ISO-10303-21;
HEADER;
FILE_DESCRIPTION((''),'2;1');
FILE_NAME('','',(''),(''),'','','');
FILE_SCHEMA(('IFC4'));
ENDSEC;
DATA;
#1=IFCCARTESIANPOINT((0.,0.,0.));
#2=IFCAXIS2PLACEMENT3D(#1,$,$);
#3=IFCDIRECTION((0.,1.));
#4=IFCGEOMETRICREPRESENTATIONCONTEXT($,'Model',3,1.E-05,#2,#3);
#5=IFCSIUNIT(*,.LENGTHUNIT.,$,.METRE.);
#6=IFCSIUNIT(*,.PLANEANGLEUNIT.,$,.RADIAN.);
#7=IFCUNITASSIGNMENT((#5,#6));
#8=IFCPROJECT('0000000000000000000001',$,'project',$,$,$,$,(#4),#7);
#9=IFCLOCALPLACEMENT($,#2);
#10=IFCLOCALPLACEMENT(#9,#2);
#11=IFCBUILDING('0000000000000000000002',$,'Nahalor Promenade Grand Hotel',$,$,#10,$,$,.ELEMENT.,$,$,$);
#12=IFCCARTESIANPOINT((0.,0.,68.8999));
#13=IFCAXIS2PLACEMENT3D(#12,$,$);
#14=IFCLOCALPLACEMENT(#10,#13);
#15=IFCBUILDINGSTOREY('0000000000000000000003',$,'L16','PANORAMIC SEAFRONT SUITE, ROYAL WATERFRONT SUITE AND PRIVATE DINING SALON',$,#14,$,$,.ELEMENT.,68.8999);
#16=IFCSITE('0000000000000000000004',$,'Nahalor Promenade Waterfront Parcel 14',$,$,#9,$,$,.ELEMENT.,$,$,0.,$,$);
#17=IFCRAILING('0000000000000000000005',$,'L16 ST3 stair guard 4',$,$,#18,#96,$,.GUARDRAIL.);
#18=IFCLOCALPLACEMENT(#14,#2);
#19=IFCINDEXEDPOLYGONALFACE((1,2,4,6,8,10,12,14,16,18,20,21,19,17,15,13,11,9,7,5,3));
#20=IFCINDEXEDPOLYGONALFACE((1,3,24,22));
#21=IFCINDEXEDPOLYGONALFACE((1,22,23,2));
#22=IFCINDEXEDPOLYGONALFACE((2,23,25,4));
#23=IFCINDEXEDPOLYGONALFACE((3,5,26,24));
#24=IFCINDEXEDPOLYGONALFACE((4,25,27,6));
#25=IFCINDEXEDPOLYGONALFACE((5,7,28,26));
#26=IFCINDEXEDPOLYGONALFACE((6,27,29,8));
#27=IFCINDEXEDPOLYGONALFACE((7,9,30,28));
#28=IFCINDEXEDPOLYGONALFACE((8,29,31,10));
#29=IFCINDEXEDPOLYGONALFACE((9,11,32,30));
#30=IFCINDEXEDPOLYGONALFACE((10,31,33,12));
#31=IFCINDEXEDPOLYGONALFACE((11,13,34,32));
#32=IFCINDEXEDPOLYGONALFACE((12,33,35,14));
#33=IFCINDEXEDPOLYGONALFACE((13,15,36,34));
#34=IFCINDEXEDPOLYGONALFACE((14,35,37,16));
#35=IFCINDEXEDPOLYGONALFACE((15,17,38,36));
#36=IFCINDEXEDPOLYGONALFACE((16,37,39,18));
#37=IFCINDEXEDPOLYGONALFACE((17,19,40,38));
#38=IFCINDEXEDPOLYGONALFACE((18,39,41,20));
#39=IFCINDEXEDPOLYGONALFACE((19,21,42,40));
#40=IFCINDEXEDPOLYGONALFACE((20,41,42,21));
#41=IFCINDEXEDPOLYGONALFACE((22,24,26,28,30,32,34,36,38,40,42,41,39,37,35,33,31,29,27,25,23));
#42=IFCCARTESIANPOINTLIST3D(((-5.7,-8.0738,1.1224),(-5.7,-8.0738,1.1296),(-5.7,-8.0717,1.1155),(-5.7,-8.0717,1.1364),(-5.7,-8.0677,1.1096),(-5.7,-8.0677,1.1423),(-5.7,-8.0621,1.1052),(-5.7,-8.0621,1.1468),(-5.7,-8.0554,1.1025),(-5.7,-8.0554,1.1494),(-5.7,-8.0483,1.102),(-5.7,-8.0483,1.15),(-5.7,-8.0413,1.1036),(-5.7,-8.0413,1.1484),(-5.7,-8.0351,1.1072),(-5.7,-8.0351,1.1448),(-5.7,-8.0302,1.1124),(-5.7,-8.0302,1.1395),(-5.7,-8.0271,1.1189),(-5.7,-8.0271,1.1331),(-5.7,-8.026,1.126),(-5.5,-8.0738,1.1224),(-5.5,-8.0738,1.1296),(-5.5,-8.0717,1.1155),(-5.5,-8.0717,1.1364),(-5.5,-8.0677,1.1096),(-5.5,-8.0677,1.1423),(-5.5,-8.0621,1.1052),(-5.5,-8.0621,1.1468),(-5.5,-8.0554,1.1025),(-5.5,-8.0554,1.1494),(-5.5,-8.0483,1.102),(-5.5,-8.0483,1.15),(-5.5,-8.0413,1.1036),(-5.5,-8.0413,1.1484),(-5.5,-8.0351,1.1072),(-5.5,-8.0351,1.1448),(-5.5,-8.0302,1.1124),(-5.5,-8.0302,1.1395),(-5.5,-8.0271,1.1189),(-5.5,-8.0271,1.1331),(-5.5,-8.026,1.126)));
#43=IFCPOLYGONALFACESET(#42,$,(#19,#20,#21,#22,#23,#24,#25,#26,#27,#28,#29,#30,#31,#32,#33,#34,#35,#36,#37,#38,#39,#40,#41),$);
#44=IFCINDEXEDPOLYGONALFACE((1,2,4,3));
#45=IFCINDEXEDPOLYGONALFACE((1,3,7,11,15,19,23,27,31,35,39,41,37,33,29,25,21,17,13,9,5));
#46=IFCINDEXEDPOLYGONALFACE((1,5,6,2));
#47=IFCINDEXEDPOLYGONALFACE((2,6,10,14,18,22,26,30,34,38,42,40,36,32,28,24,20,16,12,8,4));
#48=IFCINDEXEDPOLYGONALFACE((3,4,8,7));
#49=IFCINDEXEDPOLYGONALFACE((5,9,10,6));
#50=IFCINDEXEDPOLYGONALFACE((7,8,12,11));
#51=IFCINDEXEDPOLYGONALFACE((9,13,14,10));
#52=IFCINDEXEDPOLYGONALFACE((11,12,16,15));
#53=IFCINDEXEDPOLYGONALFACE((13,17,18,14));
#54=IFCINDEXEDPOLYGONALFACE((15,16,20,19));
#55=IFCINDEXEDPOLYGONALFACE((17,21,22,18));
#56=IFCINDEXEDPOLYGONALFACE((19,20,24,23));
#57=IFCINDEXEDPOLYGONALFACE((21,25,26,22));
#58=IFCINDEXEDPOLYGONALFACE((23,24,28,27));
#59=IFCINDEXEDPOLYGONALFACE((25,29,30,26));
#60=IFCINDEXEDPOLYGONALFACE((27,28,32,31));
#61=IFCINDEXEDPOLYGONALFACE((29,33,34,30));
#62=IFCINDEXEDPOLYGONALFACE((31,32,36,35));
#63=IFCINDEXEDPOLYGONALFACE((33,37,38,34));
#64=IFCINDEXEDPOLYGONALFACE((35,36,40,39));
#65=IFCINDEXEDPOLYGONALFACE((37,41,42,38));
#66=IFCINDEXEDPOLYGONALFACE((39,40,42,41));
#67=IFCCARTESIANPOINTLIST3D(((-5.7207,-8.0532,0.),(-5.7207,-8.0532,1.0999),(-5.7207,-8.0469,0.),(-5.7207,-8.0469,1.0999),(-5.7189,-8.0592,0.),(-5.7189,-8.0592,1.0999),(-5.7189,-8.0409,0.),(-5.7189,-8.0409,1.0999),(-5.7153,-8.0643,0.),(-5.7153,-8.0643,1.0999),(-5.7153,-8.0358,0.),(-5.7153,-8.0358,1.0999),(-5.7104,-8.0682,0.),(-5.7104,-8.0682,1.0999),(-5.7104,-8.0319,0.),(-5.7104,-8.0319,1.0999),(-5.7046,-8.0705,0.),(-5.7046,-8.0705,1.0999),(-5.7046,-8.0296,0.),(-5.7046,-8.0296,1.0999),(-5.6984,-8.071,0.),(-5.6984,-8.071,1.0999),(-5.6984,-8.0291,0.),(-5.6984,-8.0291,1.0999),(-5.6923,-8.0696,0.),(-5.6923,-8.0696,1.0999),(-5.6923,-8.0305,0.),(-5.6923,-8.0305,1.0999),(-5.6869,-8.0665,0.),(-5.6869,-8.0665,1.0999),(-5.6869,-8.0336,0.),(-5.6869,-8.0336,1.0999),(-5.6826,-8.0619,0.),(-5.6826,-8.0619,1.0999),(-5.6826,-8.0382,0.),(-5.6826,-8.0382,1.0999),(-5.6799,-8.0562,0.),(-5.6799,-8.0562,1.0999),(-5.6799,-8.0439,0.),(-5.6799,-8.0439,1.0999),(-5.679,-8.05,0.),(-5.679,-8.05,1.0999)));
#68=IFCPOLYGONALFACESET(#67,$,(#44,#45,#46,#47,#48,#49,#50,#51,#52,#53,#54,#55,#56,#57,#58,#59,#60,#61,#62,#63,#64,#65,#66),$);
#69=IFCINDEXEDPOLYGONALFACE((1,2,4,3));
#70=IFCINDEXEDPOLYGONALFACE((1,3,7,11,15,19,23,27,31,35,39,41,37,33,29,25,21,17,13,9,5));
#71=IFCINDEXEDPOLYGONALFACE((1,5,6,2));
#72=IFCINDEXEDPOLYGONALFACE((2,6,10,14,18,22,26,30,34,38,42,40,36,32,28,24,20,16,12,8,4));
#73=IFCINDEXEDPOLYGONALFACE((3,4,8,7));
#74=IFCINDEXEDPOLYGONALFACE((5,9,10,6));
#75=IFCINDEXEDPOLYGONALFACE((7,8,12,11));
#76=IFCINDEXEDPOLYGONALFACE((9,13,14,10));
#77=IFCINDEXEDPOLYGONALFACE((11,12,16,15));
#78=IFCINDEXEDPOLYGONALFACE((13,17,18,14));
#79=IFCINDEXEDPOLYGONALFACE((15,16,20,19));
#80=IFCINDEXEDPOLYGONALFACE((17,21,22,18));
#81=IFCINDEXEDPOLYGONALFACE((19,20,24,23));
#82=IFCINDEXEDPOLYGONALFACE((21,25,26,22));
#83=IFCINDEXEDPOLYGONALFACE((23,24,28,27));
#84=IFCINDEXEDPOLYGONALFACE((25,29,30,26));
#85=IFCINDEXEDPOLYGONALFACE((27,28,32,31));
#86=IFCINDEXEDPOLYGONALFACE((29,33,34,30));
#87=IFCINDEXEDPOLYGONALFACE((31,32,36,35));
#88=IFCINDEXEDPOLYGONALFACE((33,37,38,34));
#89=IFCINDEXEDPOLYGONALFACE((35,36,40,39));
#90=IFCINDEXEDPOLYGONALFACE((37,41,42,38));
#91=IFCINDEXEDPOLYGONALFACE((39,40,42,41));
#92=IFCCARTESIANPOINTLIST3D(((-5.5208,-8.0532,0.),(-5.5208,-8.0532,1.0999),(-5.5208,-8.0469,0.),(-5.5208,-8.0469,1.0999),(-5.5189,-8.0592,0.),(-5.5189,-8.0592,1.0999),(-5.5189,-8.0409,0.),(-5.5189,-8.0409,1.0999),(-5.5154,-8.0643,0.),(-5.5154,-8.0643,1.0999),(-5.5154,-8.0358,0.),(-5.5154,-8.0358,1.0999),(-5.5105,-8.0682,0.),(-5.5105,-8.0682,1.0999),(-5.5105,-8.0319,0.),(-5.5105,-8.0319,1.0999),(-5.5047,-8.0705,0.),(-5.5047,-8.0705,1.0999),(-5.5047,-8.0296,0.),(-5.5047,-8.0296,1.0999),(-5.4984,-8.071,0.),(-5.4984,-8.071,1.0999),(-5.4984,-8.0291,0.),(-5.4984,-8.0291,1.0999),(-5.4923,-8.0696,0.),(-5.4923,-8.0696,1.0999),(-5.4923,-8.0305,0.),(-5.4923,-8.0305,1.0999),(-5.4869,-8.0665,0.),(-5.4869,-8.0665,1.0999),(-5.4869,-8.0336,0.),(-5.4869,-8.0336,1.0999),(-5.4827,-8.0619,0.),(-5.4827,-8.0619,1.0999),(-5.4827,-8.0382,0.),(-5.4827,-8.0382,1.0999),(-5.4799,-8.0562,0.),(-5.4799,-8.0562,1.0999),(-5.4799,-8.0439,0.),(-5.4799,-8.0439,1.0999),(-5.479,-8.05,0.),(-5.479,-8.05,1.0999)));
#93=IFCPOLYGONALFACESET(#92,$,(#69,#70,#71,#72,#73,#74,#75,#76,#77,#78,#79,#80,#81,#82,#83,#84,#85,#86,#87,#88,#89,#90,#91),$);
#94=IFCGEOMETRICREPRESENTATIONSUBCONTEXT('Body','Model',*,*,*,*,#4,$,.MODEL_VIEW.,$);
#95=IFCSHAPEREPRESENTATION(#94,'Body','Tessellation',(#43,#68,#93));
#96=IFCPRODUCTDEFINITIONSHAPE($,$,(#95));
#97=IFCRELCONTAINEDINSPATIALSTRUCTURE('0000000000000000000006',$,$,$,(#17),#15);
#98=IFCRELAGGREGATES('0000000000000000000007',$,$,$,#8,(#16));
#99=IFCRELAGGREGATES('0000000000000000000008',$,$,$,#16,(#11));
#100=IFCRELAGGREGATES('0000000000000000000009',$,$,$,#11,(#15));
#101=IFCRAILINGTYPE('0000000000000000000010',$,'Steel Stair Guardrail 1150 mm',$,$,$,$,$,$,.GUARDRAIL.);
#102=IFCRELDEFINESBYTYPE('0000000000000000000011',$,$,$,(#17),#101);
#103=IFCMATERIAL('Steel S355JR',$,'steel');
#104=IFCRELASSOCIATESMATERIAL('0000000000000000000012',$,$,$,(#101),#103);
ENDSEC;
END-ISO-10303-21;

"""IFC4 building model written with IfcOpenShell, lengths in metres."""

from ifc_helpers import new_model, si_unit, direction, frame, origin, origin_2d, place, context, subcontext, project, spatial, circle, extrude, material, type_object, element, save


model = new_model("IFC4")

# Units and contexts
model_context = context("Model", 3, precision=1e-05, world=origin(), true_north=direction((0.0, 1.0)))
body_context = subcontext(model_context, "Body", "Model", "MODEL_VIEW")
ifc_project = project(units=[si_unit("LENGTHUNIT", "METRE"), si_unit("PLANEANGLEUNIT", "RADIAN")], contexts=[model_context])

# Site, building, storey
site_placement = place(None, origin())
site = spatial("IfcSite", under=ifc_project, at=site_placement, Name="Nahalor Promenade Waterfront Parcel 14", CompositionType="ELEMENT", RefElevation=0.0)
building_placement = place(site_placement, origin())
building = spatial("IfcBuilding", under=site, at=building_placement, Name="Nahalor Promenade Grand Hotel", CompositionType="ELEMENT")
storey_placement = place(building_placement, frame((0.0, 0.0, 68.8999)))
storey = spatial("IfcBuildingStorey", under=building, at=storey_placement, Name="L16", Description="PANORAMIC SEAFRONT SUITE, ROYAL WATERFRONT SUITE AND PRIVATE DINING SALON", CompositionType="ELEMENT", Elevation=68.8999)

# Shared definitions
ifc_material_1 = material(Name="Steel S355JR", Category="steel")

# Railing
railing_type_1 = type_object("IfcRailingType", Name="Steel Stair Guardrail 1150 mm", PredefinedType="GUARDRAIL", material=ifc_material_1)
railing_1_placement = place(storey_placement, frame((-5.7, -8.05, 0.0)))
element("IfcRailing", 1, at=railing_1_placement, inside=storey, type_object=railing_type_1, Name="L16 ST3 stair guard 4", PredefinedType="GUARDRAIL", context=body_context, shape_type="SweptSolid", body=[
    extrude(circle(Radius=0.024, at=origin_2d()), frame((0.0, 0.0, 1.126), z_axis=(1.0, 0.0, 0.0), x_axis=(0.0, 1.0, 0.0)), (0.0, 0.0, 1.0), 0.2),
    extrude(circle(Radius=0.021, at=origin_2d()), origin(), (0.0, 0.0, 1.0), 1.0999),
    extrude(circle(Radius=0.021, at=origin_2d()), frame((0.2, 0.0, 0.0)), (0.0, 0.0, 1.0), 1.0999),
])

save(model, "model.ifc")
